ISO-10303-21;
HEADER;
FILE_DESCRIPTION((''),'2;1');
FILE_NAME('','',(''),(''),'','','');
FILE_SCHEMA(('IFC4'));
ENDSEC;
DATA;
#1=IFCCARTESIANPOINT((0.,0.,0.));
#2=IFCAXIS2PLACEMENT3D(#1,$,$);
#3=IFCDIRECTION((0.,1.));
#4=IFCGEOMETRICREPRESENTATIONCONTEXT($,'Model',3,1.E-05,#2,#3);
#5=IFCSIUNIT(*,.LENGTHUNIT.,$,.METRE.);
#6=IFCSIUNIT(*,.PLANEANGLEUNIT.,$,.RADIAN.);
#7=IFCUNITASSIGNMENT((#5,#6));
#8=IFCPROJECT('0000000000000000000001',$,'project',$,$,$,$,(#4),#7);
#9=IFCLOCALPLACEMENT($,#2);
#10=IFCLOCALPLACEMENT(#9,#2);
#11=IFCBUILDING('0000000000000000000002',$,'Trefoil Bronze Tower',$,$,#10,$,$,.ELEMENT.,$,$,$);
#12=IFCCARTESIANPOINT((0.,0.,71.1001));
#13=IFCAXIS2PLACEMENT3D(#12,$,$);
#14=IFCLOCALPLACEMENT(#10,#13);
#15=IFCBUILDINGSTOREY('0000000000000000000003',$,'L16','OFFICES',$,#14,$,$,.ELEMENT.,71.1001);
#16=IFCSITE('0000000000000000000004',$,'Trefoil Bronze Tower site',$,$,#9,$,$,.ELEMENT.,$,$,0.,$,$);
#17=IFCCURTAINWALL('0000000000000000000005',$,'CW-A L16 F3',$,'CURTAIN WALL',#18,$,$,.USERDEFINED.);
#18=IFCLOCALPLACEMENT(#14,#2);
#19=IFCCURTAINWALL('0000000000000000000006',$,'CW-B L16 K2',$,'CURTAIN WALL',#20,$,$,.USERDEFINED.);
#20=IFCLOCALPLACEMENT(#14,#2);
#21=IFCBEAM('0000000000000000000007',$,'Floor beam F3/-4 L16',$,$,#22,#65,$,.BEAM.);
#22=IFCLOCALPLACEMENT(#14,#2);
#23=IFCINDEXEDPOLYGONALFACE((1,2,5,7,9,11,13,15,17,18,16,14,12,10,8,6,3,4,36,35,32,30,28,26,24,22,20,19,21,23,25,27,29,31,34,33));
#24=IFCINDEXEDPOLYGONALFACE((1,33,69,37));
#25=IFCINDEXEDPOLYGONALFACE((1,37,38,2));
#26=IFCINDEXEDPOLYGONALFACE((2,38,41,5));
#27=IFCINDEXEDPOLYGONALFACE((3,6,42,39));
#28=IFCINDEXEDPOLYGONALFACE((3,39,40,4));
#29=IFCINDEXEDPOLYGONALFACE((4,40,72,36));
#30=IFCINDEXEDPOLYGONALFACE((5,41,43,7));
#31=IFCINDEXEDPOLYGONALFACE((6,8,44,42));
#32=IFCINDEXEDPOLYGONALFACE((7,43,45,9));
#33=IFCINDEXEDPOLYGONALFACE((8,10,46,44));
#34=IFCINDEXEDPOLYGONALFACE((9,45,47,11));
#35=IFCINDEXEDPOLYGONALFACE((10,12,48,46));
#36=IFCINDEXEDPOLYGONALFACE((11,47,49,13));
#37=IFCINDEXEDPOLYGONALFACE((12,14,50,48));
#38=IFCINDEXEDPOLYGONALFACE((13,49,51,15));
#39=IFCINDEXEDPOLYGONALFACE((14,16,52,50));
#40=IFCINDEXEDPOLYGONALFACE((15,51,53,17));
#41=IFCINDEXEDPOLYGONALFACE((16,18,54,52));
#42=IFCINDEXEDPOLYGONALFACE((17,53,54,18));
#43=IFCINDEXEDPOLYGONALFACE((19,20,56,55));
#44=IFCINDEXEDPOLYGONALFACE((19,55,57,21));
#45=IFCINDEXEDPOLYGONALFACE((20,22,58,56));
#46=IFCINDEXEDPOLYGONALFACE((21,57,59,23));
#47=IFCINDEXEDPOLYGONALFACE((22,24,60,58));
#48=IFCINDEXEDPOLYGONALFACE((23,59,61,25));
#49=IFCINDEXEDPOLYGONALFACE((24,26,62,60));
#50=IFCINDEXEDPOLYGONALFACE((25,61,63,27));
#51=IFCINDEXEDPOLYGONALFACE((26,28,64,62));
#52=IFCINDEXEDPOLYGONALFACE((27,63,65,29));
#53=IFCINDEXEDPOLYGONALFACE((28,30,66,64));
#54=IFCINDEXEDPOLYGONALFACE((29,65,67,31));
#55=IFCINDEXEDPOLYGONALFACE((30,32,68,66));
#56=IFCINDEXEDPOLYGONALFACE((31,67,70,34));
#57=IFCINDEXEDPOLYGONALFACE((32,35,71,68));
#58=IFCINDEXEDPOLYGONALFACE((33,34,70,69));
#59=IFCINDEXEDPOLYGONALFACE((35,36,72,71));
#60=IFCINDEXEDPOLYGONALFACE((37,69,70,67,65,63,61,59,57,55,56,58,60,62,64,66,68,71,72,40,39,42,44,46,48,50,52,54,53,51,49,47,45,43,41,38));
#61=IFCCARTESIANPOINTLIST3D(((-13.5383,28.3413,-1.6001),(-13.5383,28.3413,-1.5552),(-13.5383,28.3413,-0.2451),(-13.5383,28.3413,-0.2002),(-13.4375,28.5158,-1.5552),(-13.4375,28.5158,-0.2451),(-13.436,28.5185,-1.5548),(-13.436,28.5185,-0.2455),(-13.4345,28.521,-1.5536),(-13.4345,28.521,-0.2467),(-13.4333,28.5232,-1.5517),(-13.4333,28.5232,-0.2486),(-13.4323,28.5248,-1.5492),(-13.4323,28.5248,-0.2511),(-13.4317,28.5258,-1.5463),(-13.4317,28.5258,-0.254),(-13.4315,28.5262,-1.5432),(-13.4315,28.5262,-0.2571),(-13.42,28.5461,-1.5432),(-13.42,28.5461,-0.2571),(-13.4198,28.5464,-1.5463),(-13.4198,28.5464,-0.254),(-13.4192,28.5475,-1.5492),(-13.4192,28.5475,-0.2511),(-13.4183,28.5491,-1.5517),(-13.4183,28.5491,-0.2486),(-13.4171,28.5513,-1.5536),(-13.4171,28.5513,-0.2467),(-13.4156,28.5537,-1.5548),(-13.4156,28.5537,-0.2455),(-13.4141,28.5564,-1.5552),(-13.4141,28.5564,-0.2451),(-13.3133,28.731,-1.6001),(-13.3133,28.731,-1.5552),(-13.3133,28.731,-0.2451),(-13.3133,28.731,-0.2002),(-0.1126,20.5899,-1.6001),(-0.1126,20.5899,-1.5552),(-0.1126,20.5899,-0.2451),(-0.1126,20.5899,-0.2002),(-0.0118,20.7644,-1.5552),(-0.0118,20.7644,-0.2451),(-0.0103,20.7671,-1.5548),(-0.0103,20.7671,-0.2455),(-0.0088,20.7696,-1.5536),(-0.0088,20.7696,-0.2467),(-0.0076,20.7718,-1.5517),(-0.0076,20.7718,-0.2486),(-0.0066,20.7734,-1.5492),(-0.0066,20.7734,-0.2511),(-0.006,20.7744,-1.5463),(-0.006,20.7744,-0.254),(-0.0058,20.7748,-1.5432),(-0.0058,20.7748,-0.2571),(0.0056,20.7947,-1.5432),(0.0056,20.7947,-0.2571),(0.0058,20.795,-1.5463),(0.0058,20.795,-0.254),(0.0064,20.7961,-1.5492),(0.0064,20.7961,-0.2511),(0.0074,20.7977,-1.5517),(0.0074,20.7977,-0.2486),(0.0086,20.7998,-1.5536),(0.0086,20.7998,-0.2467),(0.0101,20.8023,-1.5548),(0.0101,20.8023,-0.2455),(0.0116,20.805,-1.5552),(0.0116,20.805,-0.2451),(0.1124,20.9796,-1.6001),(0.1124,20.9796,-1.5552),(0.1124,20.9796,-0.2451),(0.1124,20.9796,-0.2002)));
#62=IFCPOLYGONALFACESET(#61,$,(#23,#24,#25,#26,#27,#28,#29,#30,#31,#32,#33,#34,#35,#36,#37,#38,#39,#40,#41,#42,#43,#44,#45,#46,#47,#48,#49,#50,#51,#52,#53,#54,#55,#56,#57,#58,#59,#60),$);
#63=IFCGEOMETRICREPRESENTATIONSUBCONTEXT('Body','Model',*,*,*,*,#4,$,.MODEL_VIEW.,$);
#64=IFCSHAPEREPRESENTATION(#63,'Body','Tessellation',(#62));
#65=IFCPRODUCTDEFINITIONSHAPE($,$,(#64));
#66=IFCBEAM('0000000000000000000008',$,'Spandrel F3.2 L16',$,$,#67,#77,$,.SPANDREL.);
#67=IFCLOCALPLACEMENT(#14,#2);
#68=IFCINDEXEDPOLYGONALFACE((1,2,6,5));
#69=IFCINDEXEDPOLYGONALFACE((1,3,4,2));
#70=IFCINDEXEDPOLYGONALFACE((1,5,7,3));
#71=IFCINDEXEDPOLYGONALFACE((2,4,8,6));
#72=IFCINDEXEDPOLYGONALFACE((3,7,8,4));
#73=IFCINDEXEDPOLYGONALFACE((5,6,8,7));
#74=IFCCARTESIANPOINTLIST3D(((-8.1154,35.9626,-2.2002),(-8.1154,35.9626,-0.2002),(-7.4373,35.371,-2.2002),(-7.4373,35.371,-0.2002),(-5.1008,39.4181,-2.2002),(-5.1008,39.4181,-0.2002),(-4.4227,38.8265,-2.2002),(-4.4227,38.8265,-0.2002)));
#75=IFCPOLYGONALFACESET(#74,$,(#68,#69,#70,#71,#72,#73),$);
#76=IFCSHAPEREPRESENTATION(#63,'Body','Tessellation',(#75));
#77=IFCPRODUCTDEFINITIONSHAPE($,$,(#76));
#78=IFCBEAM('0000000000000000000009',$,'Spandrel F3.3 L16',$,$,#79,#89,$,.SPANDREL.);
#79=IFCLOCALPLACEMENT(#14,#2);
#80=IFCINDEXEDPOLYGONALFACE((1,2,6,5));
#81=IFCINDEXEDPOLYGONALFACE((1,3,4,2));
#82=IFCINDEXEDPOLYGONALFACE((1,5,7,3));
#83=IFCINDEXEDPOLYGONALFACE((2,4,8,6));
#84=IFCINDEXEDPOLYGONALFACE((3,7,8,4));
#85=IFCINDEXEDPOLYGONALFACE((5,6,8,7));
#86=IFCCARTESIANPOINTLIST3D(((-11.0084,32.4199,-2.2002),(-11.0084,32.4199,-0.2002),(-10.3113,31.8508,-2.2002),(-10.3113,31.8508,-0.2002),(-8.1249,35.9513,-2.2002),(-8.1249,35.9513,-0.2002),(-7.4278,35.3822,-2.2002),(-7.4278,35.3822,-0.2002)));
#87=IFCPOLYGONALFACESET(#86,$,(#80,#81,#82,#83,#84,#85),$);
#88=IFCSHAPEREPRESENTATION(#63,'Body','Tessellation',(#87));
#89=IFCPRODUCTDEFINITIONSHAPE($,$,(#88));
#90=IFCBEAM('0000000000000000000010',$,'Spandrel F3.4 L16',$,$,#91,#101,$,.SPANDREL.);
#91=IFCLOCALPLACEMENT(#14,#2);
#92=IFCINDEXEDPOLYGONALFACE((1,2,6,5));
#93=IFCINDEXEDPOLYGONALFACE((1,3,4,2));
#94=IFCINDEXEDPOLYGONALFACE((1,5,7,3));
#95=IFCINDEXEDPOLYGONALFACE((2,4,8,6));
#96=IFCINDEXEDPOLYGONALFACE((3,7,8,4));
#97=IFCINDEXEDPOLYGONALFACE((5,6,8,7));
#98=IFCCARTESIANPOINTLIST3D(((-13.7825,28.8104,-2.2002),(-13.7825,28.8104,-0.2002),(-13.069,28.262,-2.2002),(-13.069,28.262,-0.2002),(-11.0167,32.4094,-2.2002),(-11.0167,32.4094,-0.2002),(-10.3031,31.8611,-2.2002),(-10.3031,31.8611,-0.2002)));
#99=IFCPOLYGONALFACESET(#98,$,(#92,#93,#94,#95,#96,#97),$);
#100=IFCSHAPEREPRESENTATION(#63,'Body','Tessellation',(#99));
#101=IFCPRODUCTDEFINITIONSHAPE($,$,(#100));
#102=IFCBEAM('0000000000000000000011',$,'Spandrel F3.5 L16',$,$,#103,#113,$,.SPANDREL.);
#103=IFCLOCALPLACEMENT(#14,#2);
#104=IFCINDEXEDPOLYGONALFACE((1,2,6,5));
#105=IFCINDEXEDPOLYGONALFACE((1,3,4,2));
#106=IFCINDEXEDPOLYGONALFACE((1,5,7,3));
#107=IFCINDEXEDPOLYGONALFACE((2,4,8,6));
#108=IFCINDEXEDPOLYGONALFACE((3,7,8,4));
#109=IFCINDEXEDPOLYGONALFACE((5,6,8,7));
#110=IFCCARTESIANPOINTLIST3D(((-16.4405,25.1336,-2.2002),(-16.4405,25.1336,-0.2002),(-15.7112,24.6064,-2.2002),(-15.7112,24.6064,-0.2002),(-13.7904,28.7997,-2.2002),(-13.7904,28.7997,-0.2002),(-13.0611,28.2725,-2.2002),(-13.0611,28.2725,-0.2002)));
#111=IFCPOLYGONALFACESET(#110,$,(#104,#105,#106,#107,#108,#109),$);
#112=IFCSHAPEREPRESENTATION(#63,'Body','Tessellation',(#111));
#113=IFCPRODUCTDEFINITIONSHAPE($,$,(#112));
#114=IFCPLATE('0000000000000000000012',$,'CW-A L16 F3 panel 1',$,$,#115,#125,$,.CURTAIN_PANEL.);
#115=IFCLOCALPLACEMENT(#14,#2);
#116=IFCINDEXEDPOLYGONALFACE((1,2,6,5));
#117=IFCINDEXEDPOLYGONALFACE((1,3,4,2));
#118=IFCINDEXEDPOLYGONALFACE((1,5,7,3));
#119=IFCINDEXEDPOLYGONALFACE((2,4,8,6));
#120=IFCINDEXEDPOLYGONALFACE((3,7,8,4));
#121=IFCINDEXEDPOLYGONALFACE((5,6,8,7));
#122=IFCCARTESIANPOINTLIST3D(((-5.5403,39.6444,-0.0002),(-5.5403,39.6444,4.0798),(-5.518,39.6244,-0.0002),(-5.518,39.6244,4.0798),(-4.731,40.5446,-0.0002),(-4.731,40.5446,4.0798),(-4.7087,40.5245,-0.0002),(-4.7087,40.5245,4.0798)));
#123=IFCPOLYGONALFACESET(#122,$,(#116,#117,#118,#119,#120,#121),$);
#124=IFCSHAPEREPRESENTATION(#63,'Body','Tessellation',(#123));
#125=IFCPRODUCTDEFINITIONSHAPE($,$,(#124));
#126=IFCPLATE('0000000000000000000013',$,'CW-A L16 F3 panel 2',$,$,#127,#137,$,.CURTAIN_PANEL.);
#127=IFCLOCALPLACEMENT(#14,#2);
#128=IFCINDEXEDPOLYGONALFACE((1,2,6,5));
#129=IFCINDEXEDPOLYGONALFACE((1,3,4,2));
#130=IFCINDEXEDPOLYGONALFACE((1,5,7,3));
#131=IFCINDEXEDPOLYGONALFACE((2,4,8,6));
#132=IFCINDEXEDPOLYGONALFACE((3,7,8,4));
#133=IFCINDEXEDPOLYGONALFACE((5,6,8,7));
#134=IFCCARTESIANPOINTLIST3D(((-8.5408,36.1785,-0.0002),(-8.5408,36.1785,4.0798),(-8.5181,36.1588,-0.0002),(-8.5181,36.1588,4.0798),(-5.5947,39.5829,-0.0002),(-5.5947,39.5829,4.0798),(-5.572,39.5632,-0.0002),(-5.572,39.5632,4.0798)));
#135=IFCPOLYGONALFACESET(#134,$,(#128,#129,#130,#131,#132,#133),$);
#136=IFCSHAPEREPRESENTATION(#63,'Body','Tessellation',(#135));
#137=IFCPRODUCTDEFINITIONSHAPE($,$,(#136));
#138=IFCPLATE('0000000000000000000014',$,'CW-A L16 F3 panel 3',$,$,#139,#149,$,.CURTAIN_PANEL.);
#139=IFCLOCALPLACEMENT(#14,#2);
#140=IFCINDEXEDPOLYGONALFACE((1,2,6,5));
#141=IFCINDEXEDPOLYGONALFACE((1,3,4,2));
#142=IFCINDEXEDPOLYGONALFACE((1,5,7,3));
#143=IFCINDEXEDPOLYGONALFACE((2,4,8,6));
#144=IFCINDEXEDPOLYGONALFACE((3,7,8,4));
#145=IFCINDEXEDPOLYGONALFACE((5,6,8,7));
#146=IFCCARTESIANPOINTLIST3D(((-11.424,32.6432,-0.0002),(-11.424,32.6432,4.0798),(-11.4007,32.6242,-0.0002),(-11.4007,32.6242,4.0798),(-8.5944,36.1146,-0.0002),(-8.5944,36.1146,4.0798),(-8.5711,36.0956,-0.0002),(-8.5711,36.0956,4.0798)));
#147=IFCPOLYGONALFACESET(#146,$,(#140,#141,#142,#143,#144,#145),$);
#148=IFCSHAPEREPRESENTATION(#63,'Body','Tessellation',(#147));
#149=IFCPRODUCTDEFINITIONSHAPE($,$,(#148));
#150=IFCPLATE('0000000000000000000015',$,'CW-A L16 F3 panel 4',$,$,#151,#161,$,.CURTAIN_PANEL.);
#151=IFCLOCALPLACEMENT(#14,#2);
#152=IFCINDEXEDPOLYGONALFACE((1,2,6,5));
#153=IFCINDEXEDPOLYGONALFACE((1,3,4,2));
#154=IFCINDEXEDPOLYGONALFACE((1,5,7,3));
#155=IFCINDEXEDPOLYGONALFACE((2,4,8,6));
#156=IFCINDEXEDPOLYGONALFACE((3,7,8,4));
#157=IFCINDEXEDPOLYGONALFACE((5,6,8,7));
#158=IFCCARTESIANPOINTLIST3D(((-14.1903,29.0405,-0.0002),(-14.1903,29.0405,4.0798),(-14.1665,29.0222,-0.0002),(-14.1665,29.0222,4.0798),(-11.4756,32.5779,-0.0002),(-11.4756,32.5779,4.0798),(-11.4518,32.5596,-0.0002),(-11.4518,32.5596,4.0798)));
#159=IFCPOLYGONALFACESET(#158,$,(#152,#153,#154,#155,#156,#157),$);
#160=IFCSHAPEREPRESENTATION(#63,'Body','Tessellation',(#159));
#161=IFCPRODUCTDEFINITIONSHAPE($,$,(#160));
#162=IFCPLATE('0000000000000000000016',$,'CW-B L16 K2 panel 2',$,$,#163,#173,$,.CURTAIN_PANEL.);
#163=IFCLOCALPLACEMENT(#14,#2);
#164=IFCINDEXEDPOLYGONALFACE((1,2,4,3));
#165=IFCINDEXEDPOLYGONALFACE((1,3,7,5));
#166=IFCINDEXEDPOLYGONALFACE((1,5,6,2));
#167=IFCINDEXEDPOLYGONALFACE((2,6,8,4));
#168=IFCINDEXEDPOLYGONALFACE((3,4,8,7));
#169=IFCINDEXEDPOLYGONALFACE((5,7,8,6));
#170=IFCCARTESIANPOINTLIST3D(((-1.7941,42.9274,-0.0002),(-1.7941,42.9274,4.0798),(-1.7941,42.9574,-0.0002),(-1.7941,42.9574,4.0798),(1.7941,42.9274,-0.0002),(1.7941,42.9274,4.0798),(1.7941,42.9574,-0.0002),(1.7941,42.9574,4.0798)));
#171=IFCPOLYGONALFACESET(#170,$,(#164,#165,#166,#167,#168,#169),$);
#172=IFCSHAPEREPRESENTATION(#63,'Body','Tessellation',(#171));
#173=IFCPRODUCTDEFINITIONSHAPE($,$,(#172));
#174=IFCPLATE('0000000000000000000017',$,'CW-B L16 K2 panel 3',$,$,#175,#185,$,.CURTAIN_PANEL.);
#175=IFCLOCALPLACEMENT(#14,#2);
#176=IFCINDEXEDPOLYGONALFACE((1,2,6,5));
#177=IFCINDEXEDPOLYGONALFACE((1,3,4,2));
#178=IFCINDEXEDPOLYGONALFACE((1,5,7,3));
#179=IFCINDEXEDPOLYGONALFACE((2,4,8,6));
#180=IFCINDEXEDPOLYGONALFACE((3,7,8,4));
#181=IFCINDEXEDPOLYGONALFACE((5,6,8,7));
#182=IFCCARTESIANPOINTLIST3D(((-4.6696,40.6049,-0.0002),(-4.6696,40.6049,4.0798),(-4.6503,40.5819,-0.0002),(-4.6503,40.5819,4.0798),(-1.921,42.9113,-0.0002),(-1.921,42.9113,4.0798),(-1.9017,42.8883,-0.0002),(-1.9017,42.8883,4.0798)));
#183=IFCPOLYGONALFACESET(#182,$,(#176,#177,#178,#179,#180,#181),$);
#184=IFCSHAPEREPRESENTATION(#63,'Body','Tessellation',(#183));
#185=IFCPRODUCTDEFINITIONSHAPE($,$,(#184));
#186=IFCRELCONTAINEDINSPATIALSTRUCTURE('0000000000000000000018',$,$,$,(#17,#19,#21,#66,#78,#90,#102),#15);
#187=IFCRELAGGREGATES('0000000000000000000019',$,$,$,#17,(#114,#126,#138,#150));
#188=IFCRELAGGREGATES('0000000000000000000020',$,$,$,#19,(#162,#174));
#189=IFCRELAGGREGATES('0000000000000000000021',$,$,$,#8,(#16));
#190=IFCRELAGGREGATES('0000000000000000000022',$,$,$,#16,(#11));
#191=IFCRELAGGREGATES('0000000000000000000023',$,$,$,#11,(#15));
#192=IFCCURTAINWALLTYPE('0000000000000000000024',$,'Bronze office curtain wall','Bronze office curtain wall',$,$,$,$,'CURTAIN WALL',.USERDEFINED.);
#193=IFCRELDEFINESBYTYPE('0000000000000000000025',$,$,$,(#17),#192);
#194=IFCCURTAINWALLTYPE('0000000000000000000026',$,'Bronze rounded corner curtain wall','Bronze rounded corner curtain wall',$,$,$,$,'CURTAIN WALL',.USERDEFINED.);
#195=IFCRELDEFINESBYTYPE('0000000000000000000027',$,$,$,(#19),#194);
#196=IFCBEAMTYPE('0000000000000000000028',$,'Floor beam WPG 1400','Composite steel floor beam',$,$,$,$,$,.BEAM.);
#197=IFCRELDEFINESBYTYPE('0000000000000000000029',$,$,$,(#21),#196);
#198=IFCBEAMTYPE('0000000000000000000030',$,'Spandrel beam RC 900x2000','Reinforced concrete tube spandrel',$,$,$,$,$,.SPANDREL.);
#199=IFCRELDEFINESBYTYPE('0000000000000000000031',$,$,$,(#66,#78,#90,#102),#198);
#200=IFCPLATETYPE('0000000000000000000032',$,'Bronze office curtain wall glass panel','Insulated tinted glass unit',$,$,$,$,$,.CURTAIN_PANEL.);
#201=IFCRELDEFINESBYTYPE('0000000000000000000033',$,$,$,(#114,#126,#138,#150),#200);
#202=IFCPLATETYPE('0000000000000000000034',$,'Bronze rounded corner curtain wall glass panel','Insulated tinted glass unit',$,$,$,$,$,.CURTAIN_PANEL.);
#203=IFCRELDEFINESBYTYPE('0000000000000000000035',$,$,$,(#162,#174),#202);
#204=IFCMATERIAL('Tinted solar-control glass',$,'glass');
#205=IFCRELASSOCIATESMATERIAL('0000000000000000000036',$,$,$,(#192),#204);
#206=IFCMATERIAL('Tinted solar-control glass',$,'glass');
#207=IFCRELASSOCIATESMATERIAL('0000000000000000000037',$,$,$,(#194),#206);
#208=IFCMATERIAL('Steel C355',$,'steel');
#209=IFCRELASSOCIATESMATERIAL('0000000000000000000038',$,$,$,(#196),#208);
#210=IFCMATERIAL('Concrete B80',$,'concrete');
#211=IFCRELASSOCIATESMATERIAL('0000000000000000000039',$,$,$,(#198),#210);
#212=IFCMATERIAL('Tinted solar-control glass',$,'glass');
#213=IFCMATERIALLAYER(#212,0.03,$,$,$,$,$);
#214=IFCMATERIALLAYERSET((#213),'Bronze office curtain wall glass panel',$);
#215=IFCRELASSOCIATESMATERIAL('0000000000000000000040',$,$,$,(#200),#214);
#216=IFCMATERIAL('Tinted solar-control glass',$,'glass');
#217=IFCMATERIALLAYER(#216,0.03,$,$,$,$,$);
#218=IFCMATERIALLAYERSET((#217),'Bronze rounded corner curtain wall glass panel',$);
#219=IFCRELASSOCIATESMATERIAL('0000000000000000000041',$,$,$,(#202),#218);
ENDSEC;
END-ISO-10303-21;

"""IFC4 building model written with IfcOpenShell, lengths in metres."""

from ifc_helpers import new_model, si_unit, direction, frame, origin, origin_2d, place, context, subcontext, project, spatial, rectangle, i_section, extrude, material, layer, layer_set, material_profile, profile_set, type_object, element, aggregate, save


model = new_model("IFC4")

# Units and contexts
model_context = context("Model", 3, precision=1e-05, world=origin(), true_north=direction((0.0, 1.0)))
body_context = subcontext(model_context, "Body", "Model", "MODEL_VIEW")
ifc_project = project(units=[si_unit("LENGTHUNIT", "METRE"), si_unit("PLANEANGLEUNIT", "RADIAN")], contexts=[model_context])

# Site, building, storey
site_placement = place(None, origin())
site = spatial("IfcSite", under=ifc_project, at=site_placement, Name="Trefoil Bronze Tower site", CompositionType="ELEMENT", RefElevation=0.0)
building_placement = place(site_placement, origin())
building = spatial("IfcBuilding", under=site, at=building_placement, Name="Trefoil Bronze Tower", CompositionType="ELEMENT")
storey_placement = place(building_placement, frame((0.0, 0.0, 71.1001)))
storey = spatial("IfcBuildingStorey", under=building, at=storey_placement, Name="L16", Description="OFFICES", CompositionType="ELEMENT", Elevation=71.1001)

# Curtain walls
ifc_material_1 = material(Name="Tinted solar-control glass", Category="glass")
curtain_wall_type_1 = type_object("IfcCurtainWallType", Name="Bronze office curtain wall", Description="Bronze office curtain wall", ElementType="CURTAIN WALL", PredefinedType="USERDEFINED", material=ifc_material_1)
curtain_wall_1_placement = place(storey_placement, origin())
curtain_wall_1 = element("IfcCurtainWall", 1, at=curtain_wall_1_placement, inside=storey, type_object=curtain_wall_type_1, Name="CW-A L16 F3", ObjectType="CURTAIN WALL", PredefinedType="USERDEFINED")
ifc_material_2 = material(Name="Tinted solar-control glass", Category="glass")
curtain_wall_type_2 = type_object("IfcCurtainWallType", Name="Bronze rounded corner curtain wall", Description="Bronze rounded corner curtain wall", ElementType="CURTAIN WALL", PredefinedType="USERDEFINED", material=ifc_material_2)
curtain_wall_2_placement = place(storey_placement, origin())
curtain_wall_2 = element("IfcCurtainWall", 2, at=curtain_wall_2_placement, inside=storey, type_object=curtain_wall_type_2, Name="CW-B L16 K2", ObjectType="CURTAIN WALL", PredefinedType="USERDEFINED")

# Beams
ifc_material_3 = material(Name="Steel C355", Category="steel")
ifc_material_profile_1 = material_profile(ifc_material_3, i_section(OverallWidth=0.45, OverallDepth=1.3999, WebThickness=0.0229, FlangeThickness=0.0449, FilletRadius=0.012, at=origin_2d()), Name="WPG 1400")
ifc_profile_set_1 = profile_set([ifc_material_profile_1], Name="Steel C355")
beam_type_1 = type_object("IfcBeamType", Name="Floor beam WPG 1400", Description="Composite steel floor beam", PredefinedType="BEAM", material=ifc_profile_set_1)
beam_1_placement = place(storey_placement, frame((-13.4258, 28.5361, -0.9001), z_axis=(0.866023, -0.500004, 0.0), x_axis=(0.500004, 0.866023, 0.0)))
element("IfcBeam", 3, at=beam_1_placement, inside=storey, type_object=beam_type_1, Name="Floor beam F3/-4 L16", PredefinedType="BEAM", context=body_context, shape_type="SweptSolid", body=[
    extrude(i_section(OverallWidth=0.45, OverallDepth=1.3999, WebThickness=0.0229, FlangeThickness=0.0449, FilletRadius=0.012, at=origin_2d()), origin(), (0.0, 0.0, 1.0), 15.5027),
])
ifc_material_4 = material(Name="Concrete B80", Category="concrete")
ifc_material_profile_2 = material_profile(ifc_material_4, rectangle(XDim=0.8999, YDim=2.0, at=origin_2d()), Name="RC 900x2000")
ifc_profile_set_2 = profile_set([ifc_material_profile_2], Name="Concrete B80")
beam_type_2 = type_object("IfcBeamType", Name="Spandrel beam RC 900x2000", Description="Reinforced concrete tube spandrel", PredefinedType="SPANDREL", material=ifc_profile_set_2)
beam_2_placement = place(storey_placement, frame((-4.7617, 39.1223, -1.2002), z_axis=(-0.657396, -0.753545, 0.0), x_axis=(0.753545, -0.657396, 0.0)))
element("IfcBeam", 4, at=beam_2_placement, inside=storey, type_object=beam_type_2, Name="Spandrel F3.2 L16", PredefinedType="SPANDREL", context=body_context, shape_type="SweptSolid", body=[
    extrude(rectangle(XDim=0.8999, YDim=2.0, at=origin_2d()), origin(), (0.0, 0.0, 1.0), 4.5857),
])
beam_3_placement = place(storey_placement, frame((-7.7764, 35.6667, -1.2002), z_axis=(-0.632468, -0.774587, 0.0), x_axis=(0.774587, -0.632468, 0.0)))
element("IfcBeam", 5, at=beam_3_placement, inside=storey, type_object=beam_type_2, Name="Spandrel F3.3 L16", PredefinedType="SPANDREL", context=body_context, shape_type="SweptSolid", body=[
    extrude(rectangle(XDim=0.8999, YDim=2.0, at=origin_2d()), origin(), (0.0, 0.0, 1.0), 4.5591),
])
beam_4_placement = place(storey_placement, frame((-10.6599, 32.1353, -1.2002), z_axis=(-0.609339, -0.79291, 0.0), x_axis=(0.79291, -0.609339, 0.0)))
element("IfcBeam", 6, at=beam_4_placement, inside=storey, type_object=beam_type_2, Name="Spandrel F3.4 L16", PredefinedType="SPANDREL", context=body_context, shape_type="SweptSolid", body=[
    extrude(rectangle(XDim=0.8999, YDim=2.0, at=origin_2d()), origin(), (0.0, 0.0, 1.0), 4.5391),
])
beam_5_placement = place(storey_placement, frame((-13.4258, 28.5361, -1.2002), z_axis=(-0.585824, -0.810439, 0.0), x_axis=(0.810439, -0.585824, 0.0)))
element("IfcBeam", 7, at=beam_5_placement, inside=storey, type_object=beam_type_2, Name="Spandrel F3.5 L16", PredefinedType="SPANDREL", context=body_context, shape_type="SweptSolid", body=[
    extrude(rectangle(XDim=0.8999, YDim=2.0, at=origin_2d()), origin(), (0.0, 0.0, 1.0), 4.5237),
])

# Plates
ifc_material_5 = material(Name="Tinted solar-control glass", Category="glass")
ifc_layer_1 = layer(ifc_material_5, 0.03)
ifc_layer_set_1 = layer_set([ifc_layer_1], Name="Bronze office curtain wall glass panel")
plate_type_1 = type_object("IfcPlateType", Name="Bronze office curtain wall glass panel", Description="Insulated tinted glass unit", PredefinedType="CURTAIN_PANEL", material=ifc_layer_set_1)
plate_1_placement = place(storey_placement, frame((-5.1245, 40.0845, -0.0002), z_axis=(0.0, 0.0, 1.0), x_axis=(-0.668575, -0.743645, 0.0)))
plate_1 = element("IfcPlate", 8, at=plate_1_placement, type_object=plate_type_1, Name="CW-A L16 F3 panel 1", PredefinedType="CURTAIN_PANEL", context=body_context, shape_type="SweptSolid", body=[
    extrude(rectangle(XDim=1.2104, YDim=0.03, at=origin_2d()), origin(), (0.0, 0.0, 1.0), 4.0801),
])
plate_2_placement = place(storey_placement, frame((-7.0564, 37.8708, -0.0002), z_axis=(0.0, 0.0, 1.0), x_axis=(-0.654376, -0.756169, 0.0)))
plate_2 = element("IfcPlate", 9, at=plate_2_placement, type_object=plate_type_1, Name="CW-A L16 F3 panel 2", PredefinedType="CURTAIN_PANEL", context=body_context, shape_type="SweptSolid", body=[
    extrude(rectangle(XDim=4.5022, YDim=0.03, at=origin_2d()), origin(), (0.0, 0.0, 1.0), 4.0801),
])
plate_3_placement = place(storey_placement, frame((-9.9976, 34.3694, -0.0002), z_axis=(0.0, 0.0, 1.0), x_axis=(-0.631811, -0.775123, 0.0)))
plate_3 = element("IfcPlate", 10, at=plate_3_placement, type_object=plate_type_1, Name="CW-A L16 F3 panel 3", PredefinedType="CURTAIN_PANEL", context=body_context, shape_type="SweptSolid", body=[
    extrude(rectangle(XDim=4.4785, YDim=0.03, at=origin_2d()), origin(), (0.0, 0.0, 1.0), 4.0801),
])
plate_4_placement = place(storey_placement, frame((-12.821, 30.8, -0.0002), z_axis=(0.0, 0.0, 1.0), x_axis=(-0.608808, -0.793318, 0.0)))
plate_4 = element("IfcPlate", 11, at=plate_4_placement, type_object=plate_type_1, Name="CW-A L16 F3 panel 4", PredefinedType="CURTAIN_PANEL", context=body_context, shape_type="SweptSolid", body=[
    extrude(rectangle(XDim=4.459, YDim=0.03, at=origin_2d()), origin(), (0.0, 0.0, 1.0), 4.0801),
])
aggregate(curtain_wall_1, [plate_1, plate_2, plate_3, plate_4])
ifc_material_6 = material(Name="Tinted solar-control glass", Category="glass")
ifc_layer_2 = layer(ifc_material_6, 0.03)
ifc_layer_set_2 = layer_set([ifc_layer_2], Name="Bronze rounded corner curtain wall glass panel")
plate_type_2 = type_object("IfcPlateType", Name="Bronze rounded corner curtain wall glass panel", Description="Insulated tinted glass unit", PredefinedType="CURTAIN_PANEL", material=ifc_layer_set_2)
plate_5_placement = place(storey_placement, frame((0.0, 42.9424, -0.0002), z_axis=(0.0, 0.0, 1.0), x_axis=(-1.0, 0.0, 0.0)))
plate_5 = element("IfcPlate", 12, at=plate_5_placement, type_object=plate_type_2, Name="CW-B L16 K2 panel 2", PredefinedType="CURTAIN_PANEL", context=body_context, shape_type="SweptSolid", body=[
    extrude(rectangle(XDim=3.5881, YDim=0.03, at=origin_2d()), origin(), (0.0, 0.0, 1.0), 4.0801),
])
plate_6_placement = place(storey_placement, frame((-3.2856, 41.7466, -0.0002), z_axis=(0.0, 0.0, 1.0), x_axis=(-0.766044, -0.642788, 0.0)))
plate_6 = element("IfcPlate", 13, at=plate_6_placement, type_object=plate_type_2, Name="CW-B L16 K2 panel 3", PredefinedType="CURTAIN_PANEL", context=body_context, shape_type="SweptSolid", body=[
    extrude(rectangle(XDim=3.5881, YDim=0.03, at=origin_2d()), origin(), (0.0, 0.0, 1.0), 4.0801),
])
aggregate(curtain_wall_2, [plate_5, plate_6])

save(model, "model.ifc")
